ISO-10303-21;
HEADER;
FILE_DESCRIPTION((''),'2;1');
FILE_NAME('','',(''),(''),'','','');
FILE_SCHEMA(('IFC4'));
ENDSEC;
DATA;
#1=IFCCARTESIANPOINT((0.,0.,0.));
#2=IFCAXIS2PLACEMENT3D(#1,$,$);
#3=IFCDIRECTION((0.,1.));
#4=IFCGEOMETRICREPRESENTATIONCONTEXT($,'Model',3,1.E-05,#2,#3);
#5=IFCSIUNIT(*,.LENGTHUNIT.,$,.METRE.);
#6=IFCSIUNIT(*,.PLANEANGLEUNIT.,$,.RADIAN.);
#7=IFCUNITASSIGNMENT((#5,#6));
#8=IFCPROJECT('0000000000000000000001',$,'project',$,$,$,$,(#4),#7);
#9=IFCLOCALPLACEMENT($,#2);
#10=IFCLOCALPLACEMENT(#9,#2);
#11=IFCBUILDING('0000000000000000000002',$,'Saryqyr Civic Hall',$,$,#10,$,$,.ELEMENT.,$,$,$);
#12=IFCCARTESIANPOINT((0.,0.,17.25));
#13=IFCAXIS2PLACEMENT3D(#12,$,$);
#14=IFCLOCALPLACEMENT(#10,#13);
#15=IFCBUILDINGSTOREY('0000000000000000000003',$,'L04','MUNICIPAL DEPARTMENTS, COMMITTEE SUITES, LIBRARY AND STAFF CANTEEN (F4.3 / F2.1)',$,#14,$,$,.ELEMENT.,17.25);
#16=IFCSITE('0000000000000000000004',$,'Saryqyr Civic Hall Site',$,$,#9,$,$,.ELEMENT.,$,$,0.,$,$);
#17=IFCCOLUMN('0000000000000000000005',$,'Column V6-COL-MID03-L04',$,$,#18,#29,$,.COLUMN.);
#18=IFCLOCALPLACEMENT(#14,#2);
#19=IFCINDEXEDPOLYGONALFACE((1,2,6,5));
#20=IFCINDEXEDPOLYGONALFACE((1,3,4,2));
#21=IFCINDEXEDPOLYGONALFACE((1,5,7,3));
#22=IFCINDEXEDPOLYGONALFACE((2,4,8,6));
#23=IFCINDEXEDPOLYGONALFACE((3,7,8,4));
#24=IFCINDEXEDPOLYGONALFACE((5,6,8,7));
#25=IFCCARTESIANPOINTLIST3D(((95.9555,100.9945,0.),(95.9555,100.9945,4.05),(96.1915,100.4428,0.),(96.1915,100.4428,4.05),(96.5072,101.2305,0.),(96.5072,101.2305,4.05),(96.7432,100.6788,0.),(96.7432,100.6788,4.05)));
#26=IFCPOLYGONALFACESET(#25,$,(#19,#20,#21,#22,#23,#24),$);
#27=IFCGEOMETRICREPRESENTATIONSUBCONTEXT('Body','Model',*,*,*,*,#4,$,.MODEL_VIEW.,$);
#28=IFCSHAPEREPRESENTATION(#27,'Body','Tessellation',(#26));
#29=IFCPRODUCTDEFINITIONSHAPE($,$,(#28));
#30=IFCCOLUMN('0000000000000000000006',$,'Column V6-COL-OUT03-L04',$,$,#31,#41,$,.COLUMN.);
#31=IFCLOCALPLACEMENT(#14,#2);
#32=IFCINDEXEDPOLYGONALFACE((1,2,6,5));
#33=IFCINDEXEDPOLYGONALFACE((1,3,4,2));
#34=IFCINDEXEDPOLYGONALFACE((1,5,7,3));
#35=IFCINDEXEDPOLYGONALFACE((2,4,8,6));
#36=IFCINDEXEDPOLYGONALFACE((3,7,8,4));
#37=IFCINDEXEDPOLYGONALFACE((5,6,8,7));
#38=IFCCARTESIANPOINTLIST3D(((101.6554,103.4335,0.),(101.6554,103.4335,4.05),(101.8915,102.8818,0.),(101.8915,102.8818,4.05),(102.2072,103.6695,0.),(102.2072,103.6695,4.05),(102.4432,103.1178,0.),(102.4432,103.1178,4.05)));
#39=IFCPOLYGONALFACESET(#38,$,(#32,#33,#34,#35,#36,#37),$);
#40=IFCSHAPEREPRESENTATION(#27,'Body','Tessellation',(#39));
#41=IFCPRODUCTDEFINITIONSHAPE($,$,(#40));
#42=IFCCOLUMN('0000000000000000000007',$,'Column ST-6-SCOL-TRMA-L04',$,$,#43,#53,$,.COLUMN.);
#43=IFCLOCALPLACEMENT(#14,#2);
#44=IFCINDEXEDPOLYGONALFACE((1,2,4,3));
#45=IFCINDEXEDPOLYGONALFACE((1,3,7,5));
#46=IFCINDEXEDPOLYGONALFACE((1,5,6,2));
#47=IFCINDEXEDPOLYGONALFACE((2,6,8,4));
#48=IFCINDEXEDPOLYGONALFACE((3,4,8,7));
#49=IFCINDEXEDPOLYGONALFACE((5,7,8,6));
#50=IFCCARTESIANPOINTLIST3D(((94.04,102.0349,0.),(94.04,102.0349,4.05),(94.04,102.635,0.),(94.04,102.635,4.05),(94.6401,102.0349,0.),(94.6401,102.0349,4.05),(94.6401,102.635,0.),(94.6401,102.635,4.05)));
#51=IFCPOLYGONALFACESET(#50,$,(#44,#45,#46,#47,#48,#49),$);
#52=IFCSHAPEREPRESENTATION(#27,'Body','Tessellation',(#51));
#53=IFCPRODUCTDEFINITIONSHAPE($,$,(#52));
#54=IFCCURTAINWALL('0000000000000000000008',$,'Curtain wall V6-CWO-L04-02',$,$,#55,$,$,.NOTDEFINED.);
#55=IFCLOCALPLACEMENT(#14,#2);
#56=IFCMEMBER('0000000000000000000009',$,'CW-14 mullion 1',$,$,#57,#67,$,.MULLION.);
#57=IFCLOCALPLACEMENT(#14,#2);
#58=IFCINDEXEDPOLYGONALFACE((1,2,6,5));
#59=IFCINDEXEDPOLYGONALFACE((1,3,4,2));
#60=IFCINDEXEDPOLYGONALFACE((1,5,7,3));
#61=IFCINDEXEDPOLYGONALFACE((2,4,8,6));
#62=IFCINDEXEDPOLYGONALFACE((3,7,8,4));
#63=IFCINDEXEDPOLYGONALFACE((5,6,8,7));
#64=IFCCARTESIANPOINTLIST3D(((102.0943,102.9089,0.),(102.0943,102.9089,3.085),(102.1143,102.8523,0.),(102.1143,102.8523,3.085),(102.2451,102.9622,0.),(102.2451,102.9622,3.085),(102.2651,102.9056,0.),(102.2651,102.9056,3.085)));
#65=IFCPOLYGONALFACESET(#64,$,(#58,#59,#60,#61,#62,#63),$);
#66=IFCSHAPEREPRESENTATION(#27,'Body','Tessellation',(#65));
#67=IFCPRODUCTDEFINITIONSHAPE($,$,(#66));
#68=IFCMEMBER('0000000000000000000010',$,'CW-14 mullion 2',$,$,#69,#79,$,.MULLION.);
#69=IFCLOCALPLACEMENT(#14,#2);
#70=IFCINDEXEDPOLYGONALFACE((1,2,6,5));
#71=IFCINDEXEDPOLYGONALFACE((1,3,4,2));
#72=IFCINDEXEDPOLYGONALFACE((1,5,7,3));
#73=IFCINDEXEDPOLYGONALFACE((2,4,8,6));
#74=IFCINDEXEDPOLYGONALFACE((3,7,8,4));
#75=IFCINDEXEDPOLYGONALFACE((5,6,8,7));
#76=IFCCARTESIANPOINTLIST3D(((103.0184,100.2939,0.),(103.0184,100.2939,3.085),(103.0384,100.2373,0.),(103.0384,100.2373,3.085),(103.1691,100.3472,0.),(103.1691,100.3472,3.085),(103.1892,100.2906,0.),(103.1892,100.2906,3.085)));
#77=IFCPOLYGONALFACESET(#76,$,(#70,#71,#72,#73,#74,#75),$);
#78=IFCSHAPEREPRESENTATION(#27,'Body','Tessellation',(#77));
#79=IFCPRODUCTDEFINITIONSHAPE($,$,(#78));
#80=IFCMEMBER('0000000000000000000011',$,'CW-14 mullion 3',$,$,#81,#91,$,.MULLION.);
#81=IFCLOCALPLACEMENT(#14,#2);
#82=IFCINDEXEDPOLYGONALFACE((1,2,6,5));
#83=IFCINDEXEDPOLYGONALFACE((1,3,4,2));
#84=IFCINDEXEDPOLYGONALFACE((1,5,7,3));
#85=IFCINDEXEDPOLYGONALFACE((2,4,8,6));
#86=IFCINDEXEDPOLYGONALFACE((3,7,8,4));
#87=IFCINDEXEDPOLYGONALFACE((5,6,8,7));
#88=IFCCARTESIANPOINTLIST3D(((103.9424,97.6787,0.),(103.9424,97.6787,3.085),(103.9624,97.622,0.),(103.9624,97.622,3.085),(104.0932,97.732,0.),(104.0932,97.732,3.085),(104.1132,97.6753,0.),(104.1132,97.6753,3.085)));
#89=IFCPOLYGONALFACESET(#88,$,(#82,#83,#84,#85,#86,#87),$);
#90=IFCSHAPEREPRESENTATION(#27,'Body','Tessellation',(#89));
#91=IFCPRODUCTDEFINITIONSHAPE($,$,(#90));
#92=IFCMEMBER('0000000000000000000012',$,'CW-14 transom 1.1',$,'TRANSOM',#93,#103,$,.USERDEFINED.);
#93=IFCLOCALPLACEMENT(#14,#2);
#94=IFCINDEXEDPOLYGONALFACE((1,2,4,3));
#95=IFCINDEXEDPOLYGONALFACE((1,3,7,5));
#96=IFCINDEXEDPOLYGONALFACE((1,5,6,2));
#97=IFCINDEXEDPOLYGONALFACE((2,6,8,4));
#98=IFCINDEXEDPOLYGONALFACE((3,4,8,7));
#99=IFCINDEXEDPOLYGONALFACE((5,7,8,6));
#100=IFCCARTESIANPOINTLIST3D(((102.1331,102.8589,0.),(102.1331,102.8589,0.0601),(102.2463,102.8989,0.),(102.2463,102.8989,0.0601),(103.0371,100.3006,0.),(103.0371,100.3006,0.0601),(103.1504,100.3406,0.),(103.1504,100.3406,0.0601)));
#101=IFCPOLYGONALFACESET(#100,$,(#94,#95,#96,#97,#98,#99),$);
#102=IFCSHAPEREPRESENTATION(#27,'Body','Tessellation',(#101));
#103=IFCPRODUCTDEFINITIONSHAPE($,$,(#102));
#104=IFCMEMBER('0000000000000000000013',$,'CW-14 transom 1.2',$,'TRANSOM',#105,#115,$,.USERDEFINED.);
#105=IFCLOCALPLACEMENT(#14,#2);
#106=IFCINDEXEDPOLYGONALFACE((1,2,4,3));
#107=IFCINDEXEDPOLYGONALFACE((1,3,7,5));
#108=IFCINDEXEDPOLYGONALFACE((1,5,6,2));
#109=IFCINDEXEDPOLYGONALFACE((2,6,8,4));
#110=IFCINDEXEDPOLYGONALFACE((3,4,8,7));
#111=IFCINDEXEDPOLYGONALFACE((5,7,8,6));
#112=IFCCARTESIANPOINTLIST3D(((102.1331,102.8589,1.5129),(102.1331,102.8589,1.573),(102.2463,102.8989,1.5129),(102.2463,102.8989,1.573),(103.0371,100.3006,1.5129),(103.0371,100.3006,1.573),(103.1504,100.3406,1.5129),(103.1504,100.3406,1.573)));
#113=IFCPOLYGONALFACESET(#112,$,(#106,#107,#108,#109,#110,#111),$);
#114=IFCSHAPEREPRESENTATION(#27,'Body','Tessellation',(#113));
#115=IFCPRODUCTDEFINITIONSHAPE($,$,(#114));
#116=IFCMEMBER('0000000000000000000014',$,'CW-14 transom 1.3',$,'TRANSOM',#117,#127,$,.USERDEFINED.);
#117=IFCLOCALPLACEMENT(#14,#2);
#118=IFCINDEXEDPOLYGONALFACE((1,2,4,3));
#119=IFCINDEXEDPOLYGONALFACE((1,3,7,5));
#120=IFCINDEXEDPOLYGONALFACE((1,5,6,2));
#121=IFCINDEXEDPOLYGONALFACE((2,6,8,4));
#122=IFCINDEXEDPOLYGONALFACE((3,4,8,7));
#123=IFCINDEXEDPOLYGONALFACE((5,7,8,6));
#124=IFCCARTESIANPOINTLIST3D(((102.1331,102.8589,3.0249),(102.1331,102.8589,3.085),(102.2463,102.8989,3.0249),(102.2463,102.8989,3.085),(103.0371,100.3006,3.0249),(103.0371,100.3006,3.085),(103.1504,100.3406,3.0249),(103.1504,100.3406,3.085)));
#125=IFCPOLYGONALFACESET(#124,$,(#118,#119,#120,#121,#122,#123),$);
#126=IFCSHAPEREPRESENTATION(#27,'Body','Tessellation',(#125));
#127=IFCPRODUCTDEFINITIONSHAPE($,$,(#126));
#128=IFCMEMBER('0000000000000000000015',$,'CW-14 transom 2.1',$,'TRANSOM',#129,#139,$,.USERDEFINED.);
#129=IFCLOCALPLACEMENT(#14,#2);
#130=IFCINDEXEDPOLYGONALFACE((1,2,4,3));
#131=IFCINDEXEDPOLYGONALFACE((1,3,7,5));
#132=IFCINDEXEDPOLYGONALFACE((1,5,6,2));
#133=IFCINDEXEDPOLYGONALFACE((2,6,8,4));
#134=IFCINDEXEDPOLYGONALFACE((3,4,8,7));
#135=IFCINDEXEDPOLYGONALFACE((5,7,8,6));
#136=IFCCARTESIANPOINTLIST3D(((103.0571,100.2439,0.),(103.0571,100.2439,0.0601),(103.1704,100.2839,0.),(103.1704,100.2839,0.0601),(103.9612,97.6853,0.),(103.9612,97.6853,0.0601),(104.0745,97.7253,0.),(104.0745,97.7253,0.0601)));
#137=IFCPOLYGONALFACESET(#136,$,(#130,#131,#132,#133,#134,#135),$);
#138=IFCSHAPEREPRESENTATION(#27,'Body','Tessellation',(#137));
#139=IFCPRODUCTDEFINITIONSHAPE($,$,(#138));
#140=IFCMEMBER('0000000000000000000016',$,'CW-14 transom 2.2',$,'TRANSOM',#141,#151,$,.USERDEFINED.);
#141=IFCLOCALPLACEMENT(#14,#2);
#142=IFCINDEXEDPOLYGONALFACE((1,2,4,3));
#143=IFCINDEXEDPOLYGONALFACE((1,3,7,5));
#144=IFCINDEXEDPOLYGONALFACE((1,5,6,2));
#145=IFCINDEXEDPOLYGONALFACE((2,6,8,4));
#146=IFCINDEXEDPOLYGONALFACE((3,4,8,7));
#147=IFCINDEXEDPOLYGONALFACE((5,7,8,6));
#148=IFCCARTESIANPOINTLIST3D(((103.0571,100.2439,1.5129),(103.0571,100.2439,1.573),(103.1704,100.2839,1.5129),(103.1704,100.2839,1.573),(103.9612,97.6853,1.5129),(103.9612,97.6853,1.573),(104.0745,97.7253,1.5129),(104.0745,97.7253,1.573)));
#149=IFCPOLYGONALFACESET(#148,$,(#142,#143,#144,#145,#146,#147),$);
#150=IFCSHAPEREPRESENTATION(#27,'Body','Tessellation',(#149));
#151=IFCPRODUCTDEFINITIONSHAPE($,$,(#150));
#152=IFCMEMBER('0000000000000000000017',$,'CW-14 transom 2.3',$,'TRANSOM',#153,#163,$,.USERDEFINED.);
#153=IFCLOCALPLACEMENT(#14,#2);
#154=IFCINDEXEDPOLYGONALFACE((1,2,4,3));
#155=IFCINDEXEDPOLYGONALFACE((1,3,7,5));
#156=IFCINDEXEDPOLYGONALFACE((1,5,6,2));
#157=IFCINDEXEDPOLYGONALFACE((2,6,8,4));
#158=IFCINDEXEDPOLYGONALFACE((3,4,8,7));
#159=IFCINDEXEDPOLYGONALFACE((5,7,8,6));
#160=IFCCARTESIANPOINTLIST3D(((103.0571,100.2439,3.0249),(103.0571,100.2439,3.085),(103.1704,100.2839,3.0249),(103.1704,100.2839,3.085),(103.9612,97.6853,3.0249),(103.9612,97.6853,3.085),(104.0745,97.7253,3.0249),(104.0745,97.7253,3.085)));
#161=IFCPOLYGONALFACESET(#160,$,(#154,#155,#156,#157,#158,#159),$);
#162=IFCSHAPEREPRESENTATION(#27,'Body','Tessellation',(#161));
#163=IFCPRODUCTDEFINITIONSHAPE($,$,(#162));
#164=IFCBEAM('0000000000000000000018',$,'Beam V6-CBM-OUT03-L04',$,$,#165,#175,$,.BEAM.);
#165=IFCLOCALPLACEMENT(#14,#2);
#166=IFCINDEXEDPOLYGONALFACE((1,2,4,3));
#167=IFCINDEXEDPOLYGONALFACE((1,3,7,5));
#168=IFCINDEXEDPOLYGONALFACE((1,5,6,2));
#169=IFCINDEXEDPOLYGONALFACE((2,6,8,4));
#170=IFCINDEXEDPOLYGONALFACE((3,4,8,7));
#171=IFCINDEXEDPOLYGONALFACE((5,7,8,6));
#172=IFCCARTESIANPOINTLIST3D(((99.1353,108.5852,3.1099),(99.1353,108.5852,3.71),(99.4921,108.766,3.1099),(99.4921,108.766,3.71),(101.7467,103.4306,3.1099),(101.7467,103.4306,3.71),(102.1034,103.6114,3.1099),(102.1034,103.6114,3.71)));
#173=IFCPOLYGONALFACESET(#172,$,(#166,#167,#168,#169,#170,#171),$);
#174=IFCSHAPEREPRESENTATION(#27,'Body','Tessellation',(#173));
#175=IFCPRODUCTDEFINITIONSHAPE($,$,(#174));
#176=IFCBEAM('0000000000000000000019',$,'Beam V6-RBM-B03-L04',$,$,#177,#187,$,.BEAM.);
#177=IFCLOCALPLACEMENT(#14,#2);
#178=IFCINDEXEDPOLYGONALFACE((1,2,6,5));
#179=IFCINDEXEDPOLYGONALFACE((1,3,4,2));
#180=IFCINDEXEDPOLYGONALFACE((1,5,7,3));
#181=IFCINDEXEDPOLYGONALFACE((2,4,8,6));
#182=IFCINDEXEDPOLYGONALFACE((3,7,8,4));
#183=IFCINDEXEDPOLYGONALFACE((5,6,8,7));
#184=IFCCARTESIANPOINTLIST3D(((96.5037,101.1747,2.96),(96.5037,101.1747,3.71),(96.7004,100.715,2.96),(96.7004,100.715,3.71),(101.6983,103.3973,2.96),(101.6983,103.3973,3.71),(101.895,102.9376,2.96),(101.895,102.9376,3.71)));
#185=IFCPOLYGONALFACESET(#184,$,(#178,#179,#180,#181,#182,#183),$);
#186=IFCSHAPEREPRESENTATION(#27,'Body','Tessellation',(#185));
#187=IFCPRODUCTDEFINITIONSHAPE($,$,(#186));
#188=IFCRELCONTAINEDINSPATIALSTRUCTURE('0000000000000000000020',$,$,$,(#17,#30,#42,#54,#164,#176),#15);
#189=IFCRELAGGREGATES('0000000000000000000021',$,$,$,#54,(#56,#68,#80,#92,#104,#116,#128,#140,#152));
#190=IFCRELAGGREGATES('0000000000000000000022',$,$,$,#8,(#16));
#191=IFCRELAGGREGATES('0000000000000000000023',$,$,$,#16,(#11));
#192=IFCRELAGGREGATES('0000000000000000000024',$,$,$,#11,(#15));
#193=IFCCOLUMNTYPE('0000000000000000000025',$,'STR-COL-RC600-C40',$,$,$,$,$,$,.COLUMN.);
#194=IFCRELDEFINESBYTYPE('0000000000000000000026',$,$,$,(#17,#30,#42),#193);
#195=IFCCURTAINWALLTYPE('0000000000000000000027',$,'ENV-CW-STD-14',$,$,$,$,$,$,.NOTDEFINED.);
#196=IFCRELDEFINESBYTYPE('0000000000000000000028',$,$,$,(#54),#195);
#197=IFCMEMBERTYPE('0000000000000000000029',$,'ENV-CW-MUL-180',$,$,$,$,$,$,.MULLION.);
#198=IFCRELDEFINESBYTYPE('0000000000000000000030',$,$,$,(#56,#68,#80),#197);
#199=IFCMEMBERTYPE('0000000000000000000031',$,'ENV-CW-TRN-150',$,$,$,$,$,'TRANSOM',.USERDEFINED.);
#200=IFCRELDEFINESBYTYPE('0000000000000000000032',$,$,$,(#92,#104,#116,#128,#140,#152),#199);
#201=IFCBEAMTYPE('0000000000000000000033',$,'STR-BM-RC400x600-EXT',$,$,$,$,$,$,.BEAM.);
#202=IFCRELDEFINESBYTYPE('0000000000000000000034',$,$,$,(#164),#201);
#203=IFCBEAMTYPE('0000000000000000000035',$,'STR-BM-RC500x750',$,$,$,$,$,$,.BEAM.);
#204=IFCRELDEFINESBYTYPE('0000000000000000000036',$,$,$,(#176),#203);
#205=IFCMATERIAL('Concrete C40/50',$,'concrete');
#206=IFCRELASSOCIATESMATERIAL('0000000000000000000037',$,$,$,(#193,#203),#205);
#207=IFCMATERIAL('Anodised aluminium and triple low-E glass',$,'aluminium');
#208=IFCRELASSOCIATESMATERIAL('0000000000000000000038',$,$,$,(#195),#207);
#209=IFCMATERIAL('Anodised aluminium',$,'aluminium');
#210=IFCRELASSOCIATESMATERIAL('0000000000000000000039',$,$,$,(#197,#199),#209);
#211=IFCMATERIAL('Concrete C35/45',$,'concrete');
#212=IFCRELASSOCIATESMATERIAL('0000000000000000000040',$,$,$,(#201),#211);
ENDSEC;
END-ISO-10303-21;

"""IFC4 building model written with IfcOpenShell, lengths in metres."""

from ifc_helpers import new_model, si_unit, direction, frame, origin, origin_2d, place, context, subcontext, project, spatial, rectangle, extrude, material, material_profile, profile_set, type_object, element, aggregate, save


model = new_model("IFC4")

# Units and contexts
model_context = context("Model", 3, precision=1e-05, world=origin(), true_north=direction((0.0, 1.0)))
body_context = subcontext(model_context, "Body", "Model", "MODEL_VIEW")
ifc_project = project(units=[si_unit("LENGTHUNIT", "METRE"), si_unit("PLANEANGLEUNIT", "RADIAN")], contexts=[model_context])

# Site, building, storey
site_placement = place(None, origin())
site = spatial("IfcSite", under=ifc_project, at=site_placement, Name="Saryqyr Civic Hall Site", CompositionType="ELEMENT", RefElevation=0.0)
building_placement = place(site_placement, origin())
building = spatial("IfcBuilding", under=site, at=building_placement, Name="Saryqyr Civic Hall", CompositionType="ELEMENT")
storey_placement = place(building_placement, frame((0.0, 0.0, 17.25)))
storey = spatial("IfcBuildingStorey", under=building, at=storey_placement, Name="L04", Description="MUNICIPAL DEPARTMENTS, COMMITTEE SUITES, LIBRARY AND STAFF CANTEEN (F4.3 / F2.1)", CompositionType="ELEMENT", Elevation=17.25)

# Columns
ifc_material_1 = material(Name="Concrete C40/50", Category="concrete")
ifc_material_profile_1 = material_profile(ifc_material_1, rectangle(XDim=0.6001, YDim=0.6001, at=origin_2d()), Name="RC 600x600")
ifc_profile_set_1 = profile_set([ifc_material_profile_1], Name="Concrete C40/50")
column_type = type_object("IfcColumnType", Name="STR-COL-RC600-C40", PredefinedType="COLUMN", material=ifc_profile_set_1)
for number, where, z_axis, x_axis, name in (
    (1, (96.3494, 100.8367, 0.0), (0.0, 0.0, 1.0), (0.91941, 0.3933, 0.0), "Column V6-COL-MID03-L04"),
    (2, (102.0493, 103.2756, 0.0), (0.0, 0.0, 1.0), (0.91941, 0.3933, 0.0), "Column V6-COL-OUT03-L04"),
    (3, (94.3401, 102.335, 0.0), (0.0, 0.0, 1.0), (1.0, 0.0, 0.0), "Column ST-6-SCOL-TRMA-L04"),
):
    element("IfcColumn", number, at=place(storey_placement, frame(where, z_axis=z_axis, x_axis=x_axis)), inside=storey, type_object=column_type, Name=name, PredefinedType="COLUMN", context=body_context, shape_type="SweptSolid", body=[
        extrude(rectangle(XDim=0.6001, YDim=0.6001, at=origin_2d()), origin(), (0.0, 0.0, 1.0), 4.05),
    ])

# Curtain wall, members
ifc_material_2 = material(Name="Anodised aluminium and triple low-E glass", Category="aluminium")
curtain_wall_type = type_object("IfcCurtainWallType", Name="ENV-CW-STD-14", PredefinedType="NOTDEFINED", material=ifc_material_2)
curtain_wall_placement = place(storey_placement, origin())
curtain_wall = element("IfcCurtainWall", 4, at=curtain_wall_placement, inside=storey, type_object=curtain_wall_type, Name="Curtain wall V6-CWO-L04-02", PredefinedType="NOTDEFINED")
ifc_material_3 = material(Name="Anodised aluminium", Category="aluminium")
ifc_material_profile_2 = material_profile(ifc_material_3, rectangle(XDim=0.0601, YDim=0.1599, at=origin_2d()), Name="ALU MULLION 60x160")
ifc_profile_set_2 = profile_set([ifc_material_profile_2], Name="Anodised aluminium")
member_type_1 = type_object("IfcMemberType", Name="ENV-CW-MUL-180", PredefinedType="MULLION", material=ifc_profile_set_2)
member_1_placement = place(storey_placement, frame((102.1797, 102.9072, 0.0), z_axis=(0.0, 0.0, 1.0), x_axis=(0.33318, -0.942863, 0.0)))
member_1 = element("IfcMember", 5, at=member_1_placement, type_object=member_type_1, Name="CW-14 mullion 1", PredefinedType="MULLION", context=body_context, shape_type="SweptSolid", body=[
    extrude(rectangle(XDim=0.0601, YDim=0.1599, at=origin_2d()), origin(), (0.0, 0.0, 1.0), 3.085),
])
member_2_placement = place(storey_placement, frame((103.1038, 100.2922, 0.0), z_axis=(0.0, 0.0, 1.0), x_axis=(0.33318, -0.942863, 0.0)))
member_2 = element("IfcMember", 6, at=member_2_placement, type_object=member_type_1, Name="CW-14 mullion 2", PredefinedType="MULLION", context=body_context, shape_type="SweptSolid", body=[
    extrude(rectangle(XDim=0.0601, YDim=0.1599, at=origin_2d()), origin(), (0.0, 0.0, 1.0), 3.085),
])
member_3_placement = place(storey_placement, frame((104.0278, 97.677, 0.0), z_axis=(0.0, 0.0, 1.0), x_axis=(0.33318, -0.942863, 0.0)))
member_3 = element("IfcMember", 7, at=member_3_placement, type_object=member_type_1, Name="CW-14 mullion 3", PredefinedType="MULLION", context=body_context, shape_type="SweptSolid", body=[
    extrude(rectangle(XDim=0.0601, YDim=0.1599, at=origin_2d()), origin(), (0.0, 0.0, 1.0), 3.085),
])
ifc_material_profile_3 = material_profile(ifc_material_3, rectangle(XDim=0.1201, YDim=0.0601, at=origin_2d()), Name="ALU TRANSOM 120x60")
ifc_profile_set_3 = profile_set([ifc_material_profile_3], Name="Anodised aluminium")
member_type_2 = type_object("IfcMemberType", Name="ENV-CW-TRN-150", ElementType="TRANSOM", PredefinedType="USERDEFINED", material=ifc_profile_set_3)
member_4_placement = place(storey_placement, frame((102.1897, 102.8789, 0.03), z_axis=(0.333182, -0.942862, 0.0), x_axis=(0.942862, 0.333182, 0.0)))
member_4 = element("IfcMember", 8, at=member_4_placement, type_object=member_type_2, Name="CW-14 transom 1.1", ObjectType="TRANSOM", PredefinedType="USERDEFINED", context=body_context, shape_type="SweptSolid", body=[
    extrude(rectangle(XDim=0.1201, YDim=0.0601, at=origin_2d()), origin(), (0.0, 0.0, 1.0), 2.7134),
])
member_5_placement = place(storey_placement, frame((102.1897, 102.8789, 1.543), z_axis=(0.333182, -0.942862, 0.0), x_axis=(0.942862, 0.333182, 0.0)))
member_5 = element("IfcMember", 9, at=member_5_placement, type_object=member_type_2, Name="CW-14 transom 1.2", ObjectType="TRANSOM", PredefinedType="USERDEFINED", context=body_context, shape_type="SweptSolid", body=[
    extrude(rectangle(XDim=0.1201, YDim=0.0601, at=origin_2d()), origin(), (0.0, 0.0, 1.0), 2.7134),
])
member_6_placement = place(storey_placement, frame((102.1897, 102.8789, 3.0549), z_axis=(0.333182, -0.942862, 0.0), x_axis=(0.942862, 0.333182, 0.0)))
member_6 = element("IfcMember", 10, at=member_6_placement, type_object=member_type_2, Name="CW-14 transom 1.3", ObjectType="TRANSOM", PredefinedType="USERDEFINED", context=body_context, shape_type="SweptSolid", body=[
    extrude(rectangle(XDim=0.1201, YDim=0.0601, at=origin_2d()), origin(), (0.0, 0.0, 1.0), 2.7134),
])
member_7_placement = place(storey_placement, frame((103.1138, 100.2639, 0.03), z_axis=(0.333154, -0.942872, 0.0), x_axis=(0.942872, 0.333154, 0.0)))
member_7 = element("IfcMember", 11, at=member_7_placement, type_object=member_type_2, Name="CW-14 transom 2.1", ObjectType="TRANSOM", PredefinedType="USERDEFINED", context=body_context, shape_type="SweptSolid", body=[
    extrude(rectangle(XDim=0.1201, YDim=0.0601, at=origin_2d()), origin(), (0.0, 0.0, 1.0), 2.7136),
])
member_8_placement = place(storey_placement, frame((103.1138, 100.2639, 1.543), z_axis=(0.333154, -0.942872, 0.0), x_axis=(0.942872, 0.333154, 0.0)))
member_8 = element("IfcMember", 12, at=member_8_placement, type_object=member_type_2, Name="CW-14 transom 2.2", ObjectType="TRANSOM", PredefinedType="USERDEFINED", context=body_context, shape_type="SweptSolid", body=[
    extrude(rectangle(XDim=0.1201, YDim=0.0601, at=origin_2d()), origin(), (0.0, 0.0, 1.0), 2.7136),
])
member_9_placement = place(storey_placement, frame((103.1138, 100.2639, 3.0549), z_axis=(0.333154, -0.942872, 0.0), x_axis=(0.942872, 0.333154, 0.0)))
member_9 = element("IfcMember", 13, at=member_9_placement, type_object=member_type_2, Name="CW-14 transom 2.3", ObjectType="TRANSOM", PredefinedType="USERDEFINED", context=body_context, shape_type="SweptSolid", body=[
    extrude(rectangle(XDim=0.1201, YDim=0.0601, at=origin_2d()), origin(), (0.0, 0.0, 1.0), 2.7136),
])

# Beams
ifc_material_4 = material(Name="Concrete C35/45", Category="concrete")
ifc_material_profile_4 = material_profile(ifc_material_4, rectangle(XDim=0.3999, YDim=0.6001, at=origin_2d()), Name="RC 400x600")
ifc_profile_set_4 = profile_set([ifc_material_profile_4], Name="Concrete C35/45")
beam_type_1 = type_object("IfcBeamType", Name="STR-BM-RC400x600-EXT", PredefinedType="BEAM", material=ifc_profile_set_4)
beam_1_placement = place(storey_placement, frame((101.925, 103.521, 3.4099), z_axis=(-0.451923, 0.892057, 0.0), x_axis=(-0.892057, -0.451923, 0.0)))
element("IfcBeam", 14, at=beam_1_placement, inside=storey, type_object=beam_type_1, Name="Beam V6-CBM-OUT03-L04", PredefinedType="BEAM", context=body_context, shape_type="SweptSolid", body=[
    extrude(rectangle(XDim=0.3999, YDim=0.6001, at=origin_2d()), origin(), (0.0, 0.0, 1.0), 5.7783),
])
ifc_material_profile_5 = material_profile(ifc_material_1, rectangle(XDim=0.5, YDim=0.75, at=origin_2d()), Name="RC 500x750")
ifc_profile_set_5 = profile_set([ifc_material_profile_5], Name="Concrete C40/50")
beam_type_2 = type_object("IfcBeamType", Name="STR-BM-RC500x750", PredefinedType="BEAM", material=ifc_profile_set_5)
beam_2_placement = place(storey_placement, frame((96.6021, 100.9448, 3.335), z_axis=(0.919375, 0.393382, 0.0), x_axis=(-0.393382, 0.919375, 0.0)))
element("IfcBeam", 15, at=beam_2_placement, inside=storey, type_object=beam_type_2, Name="Beam V6-RBM-B03-L04", PredefinedType="BEAM", context=body_context, shape_type="SweptSolid", body=[
    extrude(rectangle(XDim=0.5, YDim=0.75, at=origin_2d()), origin(), (0.0, 0.0, 1.0), 5.6501),
])

aggregate(curtain_wall, [member_1, member_2, member_3, member_4, member_5, member_6, member_7, member_8, member_9])

save(model, "model.ifc")
